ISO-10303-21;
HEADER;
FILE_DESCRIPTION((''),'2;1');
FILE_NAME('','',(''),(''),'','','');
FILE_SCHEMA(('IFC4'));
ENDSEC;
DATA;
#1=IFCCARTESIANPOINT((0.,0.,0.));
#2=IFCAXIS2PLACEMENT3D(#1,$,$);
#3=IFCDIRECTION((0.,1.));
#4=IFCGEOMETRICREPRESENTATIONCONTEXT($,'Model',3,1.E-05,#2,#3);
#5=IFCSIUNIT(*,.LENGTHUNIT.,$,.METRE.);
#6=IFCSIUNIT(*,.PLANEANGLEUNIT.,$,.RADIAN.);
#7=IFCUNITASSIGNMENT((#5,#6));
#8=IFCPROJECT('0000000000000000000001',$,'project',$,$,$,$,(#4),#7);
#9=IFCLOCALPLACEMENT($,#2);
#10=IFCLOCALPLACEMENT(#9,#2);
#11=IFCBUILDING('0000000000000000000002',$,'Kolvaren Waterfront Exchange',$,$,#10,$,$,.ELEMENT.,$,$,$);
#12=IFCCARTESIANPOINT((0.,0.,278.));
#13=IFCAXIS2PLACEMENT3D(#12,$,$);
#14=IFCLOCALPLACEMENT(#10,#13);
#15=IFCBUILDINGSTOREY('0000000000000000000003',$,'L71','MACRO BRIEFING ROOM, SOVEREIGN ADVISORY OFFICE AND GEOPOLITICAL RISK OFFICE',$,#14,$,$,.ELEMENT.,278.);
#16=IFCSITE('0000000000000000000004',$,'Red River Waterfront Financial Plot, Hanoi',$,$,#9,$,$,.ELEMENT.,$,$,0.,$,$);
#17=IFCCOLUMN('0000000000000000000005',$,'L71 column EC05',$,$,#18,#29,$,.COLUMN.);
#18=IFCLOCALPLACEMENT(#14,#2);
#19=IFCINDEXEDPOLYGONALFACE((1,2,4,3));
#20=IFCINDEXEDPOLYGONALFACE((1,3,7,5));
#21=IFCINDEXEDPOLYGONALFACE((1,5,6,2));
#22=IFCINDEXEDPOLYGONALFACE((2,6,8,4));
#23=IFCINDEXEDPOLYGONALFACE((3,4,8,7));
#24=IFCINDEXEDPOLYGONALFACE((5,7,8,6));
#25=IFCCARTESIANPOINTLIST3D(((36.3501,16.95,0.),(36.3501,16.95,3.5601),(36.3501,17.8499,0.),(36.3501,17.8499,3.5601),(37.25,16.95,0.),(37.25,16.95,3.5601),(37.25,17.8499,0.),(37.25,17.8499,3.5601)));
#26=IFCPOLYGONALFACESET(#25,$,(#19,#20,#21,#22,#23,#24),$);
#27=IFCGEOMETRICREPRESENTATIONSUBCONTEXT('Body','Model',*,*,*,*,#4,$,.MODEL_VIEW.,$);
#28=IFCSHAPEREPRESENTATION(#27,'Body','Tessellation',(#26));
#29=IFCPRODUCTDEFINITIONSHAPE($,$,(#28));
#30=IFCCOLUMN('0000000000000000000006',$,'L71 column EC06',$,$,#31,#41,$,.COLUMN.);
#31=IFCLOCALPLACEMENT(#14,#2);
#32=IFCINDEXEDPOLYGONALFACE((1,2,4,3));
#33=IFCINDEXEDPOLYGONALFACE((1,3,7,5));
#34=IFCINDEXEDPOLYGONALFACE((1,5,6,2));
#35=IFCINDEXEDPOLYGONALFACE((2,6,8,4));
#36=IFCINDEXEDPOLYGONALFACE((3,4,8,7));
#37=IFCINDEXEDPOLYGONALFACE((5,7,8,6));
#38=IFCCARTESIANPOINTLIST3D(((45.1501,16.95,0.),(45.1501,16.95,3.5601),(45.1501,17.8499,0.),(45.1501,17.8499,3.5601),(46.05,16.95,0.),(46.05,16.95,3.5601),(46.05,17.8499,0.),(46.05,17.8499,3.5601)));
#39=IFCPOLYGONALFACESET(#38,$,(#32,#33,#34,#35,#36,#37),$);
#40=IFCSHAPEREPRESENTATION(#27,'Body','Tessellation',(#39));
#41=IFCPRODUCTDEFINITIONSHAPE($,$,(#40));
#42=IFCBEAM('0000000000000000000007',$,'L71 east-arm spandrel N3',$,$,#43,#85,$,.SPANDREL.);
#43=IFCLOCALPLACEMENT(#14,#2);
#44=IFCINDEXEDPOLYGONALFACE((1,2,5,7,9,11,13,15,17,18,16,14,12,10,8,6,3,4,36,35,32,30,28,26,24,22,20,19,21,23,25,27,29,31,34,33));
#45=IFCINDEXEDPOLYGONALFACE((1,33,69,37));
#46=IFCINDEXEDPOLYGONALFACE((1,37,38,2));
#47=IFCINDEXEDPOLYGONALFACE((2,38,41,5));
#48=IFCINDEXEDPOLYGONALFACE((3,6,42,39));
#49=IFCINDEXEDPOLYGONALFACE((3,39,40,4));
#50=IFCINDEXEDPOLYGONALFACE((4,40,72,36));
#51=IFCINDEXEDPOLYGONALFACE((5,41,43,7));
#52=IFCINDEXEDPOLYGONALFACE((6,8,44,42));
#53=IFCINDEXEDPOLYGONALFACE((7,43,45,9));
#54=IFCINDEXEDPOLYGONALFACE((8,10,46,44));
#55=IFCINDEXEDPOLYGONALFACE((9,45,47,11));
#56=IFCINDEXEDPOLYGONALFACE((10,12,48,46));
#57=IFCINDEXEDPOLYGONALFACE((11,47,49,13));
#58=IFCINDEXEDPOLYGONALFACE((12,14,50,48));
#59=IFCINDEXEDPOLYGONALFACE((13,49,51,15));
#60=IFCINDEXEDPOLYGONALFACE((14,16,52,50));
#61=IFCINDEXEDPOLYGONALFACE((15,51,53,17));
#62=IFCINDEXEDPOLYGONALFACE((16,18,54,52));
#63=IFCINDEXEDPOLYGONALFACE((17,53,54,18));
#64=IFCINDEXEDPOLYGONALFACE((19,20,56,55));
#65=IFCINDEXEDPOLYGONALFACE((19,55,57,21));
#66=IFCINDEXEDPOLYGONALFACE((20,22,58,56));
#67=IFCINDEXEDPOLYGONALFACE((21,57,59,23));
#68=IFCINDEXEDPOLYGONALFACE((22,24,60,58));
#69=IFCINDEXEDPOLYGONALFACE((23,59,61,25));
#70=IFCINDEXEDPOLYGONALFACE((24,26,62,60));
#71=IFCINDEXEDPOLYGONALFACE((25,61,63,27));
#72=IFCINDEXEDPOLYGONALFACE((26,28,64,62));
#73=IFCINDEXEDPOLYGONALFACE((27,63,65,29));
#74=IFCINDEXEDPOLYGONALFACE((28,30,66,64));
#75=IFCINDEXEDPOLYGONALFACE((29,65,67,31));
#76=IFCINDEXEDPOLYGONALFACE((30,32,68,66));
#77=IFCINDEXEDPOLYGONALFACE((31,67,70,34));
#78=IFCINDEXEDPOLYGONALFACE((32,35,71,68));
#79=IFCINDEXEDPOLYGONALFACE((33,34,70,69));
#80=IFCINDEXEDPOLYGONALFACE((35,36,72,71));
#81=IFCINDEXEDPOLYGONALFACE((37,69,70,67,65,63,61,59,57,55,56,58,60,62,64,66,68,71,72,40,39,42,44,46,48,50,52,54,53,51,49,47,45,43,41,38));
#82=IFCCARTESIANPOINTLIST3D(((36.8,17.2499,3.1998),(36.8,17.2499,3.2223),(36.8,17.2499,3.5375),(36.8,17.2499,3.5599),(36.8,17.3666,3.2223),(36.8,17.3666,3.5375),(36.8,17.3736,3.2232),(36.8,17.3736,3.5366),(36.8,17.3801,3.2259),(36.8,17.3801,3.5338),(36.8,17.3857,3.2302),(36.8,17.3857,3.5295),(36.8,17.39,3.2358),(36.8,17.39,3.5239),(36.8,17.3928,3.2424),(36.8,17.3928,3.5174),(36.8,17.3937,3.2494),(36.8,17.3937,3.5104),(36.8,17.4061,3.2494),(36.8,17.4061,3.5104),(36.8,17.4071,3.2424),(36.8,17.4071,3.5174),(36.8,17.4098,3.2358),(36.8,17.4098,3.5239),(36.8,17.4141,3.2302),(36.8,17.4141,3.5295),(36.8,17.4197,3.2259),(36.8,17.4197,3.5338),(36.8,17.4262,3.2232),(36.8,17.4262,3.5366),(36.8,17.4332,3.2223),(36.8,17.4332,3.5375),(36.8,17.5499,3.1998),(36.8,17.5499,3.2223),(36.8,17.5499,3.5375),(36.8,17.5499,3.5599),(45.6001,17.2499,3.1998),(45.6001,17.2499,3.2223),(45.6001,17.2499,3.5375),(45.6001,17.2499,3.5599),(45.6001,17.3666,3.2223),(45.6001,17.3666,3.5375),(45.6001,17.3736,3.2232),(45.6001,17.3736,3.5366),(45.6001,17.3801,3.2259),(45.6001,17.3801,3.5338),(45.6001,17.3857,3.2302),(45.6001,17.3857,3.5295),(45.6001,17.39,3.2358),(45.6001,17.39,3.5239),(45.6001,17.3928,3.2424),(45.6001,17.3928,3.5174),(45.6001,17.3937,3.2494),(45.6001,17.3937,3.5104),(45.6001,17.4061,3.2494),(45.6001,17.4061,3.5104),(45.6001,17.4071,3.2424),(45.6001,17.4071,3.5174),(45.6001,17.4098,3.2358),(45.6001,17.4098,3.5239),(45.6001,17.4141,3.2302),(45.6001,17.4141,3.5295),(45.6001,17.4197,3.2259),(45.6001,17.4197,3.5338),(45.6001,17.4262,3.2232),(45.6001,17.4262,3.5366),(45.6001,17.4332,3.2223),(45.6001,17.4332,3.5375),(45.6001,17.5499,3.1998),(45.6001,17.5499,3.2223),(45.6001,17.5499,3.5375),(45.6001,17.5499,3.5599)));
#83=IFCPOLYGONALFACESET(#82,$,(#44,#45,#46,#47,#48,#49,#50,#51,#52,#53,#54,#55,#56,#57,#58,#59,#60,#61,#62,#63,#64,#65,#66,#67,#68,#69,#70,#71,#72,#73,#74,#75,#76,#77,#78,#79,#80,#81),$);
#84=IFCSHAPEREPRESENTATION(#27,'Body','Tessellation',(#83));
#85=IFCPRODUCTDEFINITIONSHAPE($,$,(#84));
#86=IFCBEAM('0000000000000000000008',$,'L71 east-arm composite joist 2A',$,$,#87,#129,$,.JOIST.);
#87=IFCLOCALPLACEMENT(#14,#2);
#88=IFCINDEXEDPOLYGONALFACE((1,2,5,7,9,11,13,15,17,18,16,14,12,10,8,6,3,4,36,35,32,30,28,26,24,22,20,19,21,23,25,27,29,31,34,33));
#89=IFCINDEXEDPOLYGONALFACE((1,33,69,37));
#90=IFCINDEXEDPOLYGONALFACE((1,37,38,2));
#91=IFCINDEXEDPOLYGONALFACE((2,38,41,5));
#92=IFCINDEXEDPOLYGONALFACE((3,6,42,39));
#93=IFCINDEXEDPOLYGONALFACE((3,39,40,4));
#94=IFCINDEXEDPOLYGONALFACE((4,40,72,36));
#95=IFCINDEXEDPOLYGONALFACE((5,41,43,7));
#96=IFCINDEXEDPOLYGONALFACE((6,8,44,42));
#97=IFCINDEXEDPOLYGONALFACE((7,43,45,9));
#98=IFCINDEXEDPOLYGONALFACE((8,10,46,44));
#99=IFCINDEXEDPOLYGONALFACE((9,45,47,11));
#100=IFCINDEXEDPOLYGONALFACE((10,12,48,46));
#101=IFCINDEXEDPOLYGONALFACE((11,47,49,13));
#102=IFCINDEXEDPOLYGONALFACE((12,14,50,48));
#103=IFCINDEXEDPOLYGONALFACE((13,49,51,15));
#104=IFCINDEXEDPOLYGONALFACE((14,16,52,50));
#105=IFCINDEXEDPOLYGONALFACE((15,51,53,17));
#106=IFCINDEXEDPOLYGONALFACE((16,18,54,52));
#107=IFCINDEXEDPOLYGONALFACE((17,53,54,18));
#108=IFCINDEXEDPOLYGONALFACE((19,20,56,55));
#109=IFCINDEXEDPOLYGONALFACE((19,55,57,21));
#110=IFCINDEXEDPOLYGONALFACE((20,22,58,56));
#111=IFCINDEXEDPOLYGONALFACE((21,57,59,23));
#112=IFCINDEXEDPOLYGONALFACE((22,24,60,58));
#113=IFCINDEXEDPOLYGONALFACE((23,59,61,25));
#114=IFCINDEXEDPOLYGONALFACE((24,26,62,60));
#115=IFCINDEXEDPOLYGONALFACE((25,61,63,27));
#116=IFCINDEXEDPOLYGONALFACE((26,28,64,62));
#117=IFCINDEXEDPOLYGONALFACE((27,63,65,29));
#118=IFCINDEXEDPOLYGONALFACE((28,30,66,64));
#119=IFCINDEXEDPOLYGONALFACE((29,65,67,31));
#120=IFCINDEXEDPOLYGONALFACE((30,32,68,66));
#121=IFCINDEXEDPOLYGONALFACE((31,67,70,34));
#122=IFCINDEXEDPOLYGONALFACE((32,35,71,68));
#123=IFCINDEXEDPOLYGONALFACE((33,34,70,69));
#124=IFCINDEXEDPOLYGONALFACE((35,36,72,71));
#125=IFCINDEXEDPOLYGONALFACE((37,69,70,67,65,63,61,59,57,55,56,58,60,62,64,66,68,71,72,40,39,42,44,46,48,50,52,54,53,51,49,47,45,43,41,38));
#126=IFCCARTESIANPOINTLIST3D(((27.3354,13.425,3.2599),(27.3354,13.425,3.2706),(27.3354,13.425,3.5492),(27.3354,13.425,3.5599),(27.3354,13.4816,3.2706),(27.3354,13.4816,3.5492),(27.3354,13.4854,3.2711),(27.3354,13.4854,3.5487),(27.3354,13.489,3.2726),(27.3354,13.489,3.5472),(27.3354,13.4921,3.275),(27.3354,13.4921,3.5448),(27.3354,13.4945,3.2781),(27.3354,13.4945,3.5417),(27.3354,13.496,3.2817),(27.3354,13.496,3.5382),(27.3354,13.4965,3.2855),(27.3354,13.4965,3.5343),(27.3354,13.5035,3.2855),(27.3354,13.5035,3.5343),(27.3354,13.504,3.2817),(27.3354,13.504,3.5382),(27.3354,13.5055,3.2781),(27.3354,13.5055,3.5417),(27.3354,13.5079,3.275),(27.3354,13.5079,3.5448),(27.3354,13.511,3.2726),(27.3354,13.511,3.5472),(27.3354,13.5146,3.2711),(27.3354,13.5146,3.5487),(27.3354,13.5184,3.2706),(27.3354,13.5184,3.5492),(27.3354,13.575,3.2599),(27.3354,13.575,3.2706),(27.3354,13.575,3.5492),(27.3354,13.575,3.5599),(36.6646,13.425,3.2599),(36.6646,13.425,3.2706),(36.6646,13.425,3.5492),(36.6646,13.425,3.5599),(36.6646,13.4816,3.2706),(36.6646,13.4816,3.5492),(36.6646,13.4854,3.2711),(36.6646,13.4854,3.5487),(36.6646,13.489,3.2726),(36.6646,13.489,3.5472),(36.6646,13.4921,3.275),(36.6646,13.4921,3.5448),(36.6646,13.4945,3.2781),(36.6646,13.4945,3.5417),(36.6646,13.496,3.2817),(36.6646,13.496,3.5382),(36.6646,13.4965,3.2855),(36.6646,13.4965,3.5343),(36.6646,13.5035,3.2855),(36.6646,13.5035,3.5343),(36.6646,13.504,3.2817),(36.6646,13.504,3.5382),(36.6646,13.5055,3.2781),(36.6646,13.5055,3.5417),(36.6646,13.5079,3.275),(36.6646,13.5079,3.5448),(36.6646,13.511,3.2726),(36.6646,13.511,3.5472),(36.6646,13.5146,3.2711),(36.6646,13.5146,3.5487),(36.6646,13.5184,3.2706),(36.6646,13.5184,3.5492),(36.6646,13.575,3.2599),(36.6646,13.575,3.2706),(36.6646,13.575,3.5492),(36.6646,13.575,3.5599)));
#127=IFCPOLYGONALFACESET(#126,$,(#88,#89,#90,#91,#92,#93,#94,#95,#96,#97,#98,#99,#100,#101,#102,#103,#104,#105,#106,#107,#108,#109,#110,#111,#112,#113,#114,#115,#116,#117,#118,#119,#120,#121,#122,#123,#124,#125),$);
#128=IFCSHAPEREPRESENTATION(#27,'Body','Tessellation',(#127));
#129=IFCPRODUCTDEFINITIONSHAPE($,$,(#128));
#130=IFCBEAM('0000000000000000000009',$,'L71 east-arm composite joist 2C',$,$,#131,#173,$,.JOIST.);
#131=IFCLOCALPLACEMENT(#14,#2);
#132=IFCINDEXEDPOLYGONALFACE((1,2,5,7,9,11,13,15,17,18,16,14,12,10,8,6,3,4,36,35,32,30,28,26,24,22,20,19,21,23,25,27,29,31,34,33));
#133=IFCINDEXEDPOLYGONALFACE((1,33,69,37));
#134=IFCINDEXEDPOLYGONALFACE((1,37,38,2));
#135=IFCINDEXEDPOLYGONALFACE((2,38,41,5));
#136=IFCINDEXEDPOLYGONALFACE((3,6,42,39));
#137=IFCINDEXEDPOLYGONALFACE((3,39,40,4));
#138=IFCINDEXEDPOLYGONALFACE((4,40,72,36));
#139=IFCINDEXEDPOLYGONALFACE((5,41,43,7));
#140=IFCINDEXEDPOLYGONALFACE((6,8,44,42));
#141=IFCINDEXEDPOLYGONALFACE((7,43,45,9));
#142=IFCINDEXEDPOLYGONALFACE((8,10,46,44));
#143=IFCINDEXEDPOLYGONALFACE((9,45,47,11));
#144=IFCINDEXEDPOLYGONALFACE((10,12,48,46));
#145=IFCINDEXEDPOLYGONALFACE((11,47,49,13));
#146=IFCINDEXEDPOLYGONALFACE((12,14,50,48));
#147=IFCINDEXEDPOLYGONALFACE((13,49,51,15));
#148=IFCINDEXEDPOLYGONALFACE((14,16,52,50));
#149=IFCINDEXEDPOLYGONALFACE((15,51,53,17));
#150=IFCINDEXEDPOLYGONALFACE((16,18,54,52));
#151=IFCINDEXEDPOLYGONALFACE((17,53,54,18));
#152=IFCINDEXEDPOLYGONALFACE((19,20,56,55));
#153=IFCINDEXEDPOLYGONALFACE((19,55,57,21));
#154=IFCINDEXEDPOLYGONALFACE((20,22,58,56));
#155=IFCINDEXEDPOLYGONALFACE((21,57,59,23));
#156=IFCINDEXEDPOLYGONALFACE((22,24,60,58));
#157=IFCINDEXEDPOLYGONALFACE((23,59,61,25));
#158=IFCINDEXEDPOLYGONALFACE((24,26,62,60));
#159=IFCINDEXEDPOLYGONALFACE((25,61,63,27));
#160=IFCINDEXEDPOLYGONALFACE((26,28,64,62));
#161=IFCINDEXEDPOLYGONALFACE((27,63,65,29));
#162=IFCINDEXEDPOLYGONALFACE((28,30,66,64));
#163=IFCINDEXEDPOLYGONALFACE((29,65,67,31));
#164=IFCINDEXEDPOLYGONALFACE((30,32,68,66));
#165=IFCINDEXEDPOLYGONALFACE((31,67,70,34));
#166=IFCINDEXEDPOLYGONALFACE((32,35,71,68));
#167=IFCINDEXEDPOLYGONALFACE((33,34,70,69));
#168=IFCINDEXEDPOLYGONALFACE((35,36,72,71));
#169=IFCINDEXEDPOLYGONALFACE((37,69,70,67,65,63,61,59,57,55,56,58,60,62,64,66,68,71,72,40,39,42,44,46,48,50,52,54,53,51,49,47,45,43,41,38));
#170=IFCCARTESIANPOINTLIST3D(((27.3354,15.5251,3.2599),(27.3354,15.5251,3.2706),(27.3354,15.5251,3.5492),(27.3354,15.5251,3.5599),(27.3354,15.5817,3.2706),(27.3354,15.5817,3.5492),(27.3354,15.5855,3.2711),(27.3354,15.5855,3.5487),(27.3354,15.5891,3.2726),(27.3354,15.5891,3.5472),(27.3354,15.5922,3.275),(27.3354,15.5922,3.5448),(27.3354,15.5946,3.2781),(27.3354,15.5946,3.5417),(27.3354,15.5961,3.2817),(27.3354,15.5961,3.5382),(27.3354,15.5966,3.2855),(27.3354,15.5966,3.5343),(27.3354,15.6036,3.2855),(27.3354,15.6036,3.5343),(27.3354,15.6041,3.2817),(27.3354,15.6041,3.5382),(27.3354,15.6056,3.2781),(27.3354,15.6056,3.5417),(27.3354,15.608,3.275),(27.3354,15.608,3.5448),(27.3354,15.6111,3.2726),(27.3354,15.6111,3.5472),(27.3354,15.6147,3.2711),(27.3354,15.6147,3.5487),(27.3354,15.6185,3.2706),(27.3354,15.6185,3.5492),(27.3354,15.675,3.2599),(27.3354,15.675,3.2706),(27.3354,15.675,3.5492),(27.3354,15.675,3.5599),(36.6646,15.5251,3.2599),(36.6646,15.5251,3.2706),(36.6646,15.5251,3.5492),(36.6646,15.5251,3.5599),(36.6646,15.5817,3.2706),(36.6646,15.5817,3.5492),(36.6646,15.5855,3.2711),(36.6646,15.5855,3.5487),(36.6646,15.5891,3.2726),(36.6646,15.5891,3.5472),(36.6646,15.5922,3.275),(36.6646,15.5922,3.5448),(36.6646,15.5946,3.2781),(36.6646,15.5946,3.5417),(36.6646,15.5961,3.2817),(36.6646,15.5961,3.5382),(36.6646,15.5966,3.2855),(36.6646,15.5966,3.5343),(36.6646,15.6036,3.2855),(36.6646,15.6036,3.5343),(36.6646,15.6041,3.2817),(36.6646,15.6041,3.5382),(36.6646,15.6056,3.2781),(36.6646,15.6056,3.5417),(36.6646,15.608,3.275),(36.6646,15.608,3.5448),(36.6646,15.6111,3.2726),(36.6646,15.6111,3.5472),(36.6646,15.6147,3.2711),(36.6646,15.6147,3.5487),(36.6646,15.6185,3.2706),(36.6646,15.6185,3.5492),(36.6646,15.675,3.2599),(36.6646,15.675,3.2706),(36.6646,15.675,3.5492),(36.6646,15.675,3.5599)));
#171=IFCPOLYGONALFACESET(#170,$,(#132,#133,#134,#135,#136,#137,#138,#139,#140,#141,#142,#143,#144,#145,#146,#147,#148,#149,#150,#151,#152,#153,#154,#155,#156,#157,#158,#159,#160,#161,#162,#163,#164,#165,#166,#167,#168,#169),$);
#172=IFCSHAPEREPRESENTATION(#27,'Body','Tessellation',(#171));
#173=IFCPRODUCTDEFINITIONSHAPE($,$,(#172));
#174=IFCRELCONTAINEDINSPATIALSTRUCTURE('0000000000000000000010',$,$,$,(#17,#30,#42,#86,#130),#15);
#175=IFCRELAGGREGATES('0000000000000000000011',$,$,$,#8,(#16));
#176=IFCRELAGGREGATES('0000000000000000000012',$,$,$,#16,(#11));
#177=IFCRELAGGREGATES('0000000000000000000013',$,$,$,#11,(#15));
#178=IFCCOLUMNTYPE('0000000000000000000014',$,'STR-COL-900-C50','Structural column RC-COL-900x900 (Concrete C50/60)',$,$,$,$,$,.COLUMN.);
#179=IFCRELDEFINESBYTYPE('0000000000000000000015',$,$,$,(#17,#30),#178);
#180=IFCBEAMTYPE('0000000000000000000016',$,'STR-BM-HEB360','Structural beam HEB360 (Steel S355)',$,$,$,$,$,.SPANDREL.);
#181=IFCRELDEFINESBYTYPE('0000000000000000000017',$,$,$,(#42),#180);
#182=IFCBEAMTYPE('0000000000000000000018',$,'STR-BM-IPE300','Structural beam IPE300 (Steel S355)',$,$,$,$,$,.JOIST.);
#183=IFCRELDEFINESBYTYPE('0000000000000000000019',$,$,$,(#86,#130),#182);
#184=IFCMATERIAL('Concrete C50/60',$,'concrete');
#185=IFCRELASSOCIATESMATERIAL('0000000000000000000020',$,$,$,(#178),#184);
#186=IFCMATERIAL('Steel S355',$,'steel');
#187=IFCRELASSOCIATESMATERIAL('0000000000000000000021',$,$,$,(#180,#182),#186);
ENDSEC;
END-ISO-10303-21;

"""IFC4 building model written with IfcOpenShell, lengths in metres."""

from ifc_helpers import new_model, si_unit, direction, frame, origin, origin_2d, place, context, subcontext, project, spatial, rectangle, i_section, extrude, material, material_profile, profile_set, type_object, element, save


model = new_model("IFC4")

# Units and contexts
model_context = context("Model", 3, precision=1e-05, world=origin(), true_north=direction((0.0, 1.0)))
body_context = subcontext(model_context, "Body", "Model", "MODEL_VIEW")
ifc_project = project(units=[si_unit("LENGTHUNIT", "METRE"), si_unit("PLANEANGLEUNIT", "RADIAN")], contexts=[model_context])

# Site, building, storey
site_placement = place(None, origin())
site = spatial("IfcSite", under=ifc_project, at=site_placement, Name="Red River Waterfront Financial Plot, Hanoi", CompositionType="ELEMENT", RefElevation=0.0)
building_placement = place(site_placement, origin())
building = spatial("IfcBuilding", under=site, at=building_placement, Name="Kolvaren Waterfront Exchange", CompositionType="ELEMENT")
storey_placement = place(building_placement, frame((0.0, 0.0, 278.0)))
storey = spatial("IfcBuildingStorey", under=building, at=storey_placement, Name="L71", Description="MACRO BRIEFING ROOM, SOVEREIGN ADVISORY OFFICE AND GEOPOLITICAL RISK OFFICE", CompositionType="ELEMENT", Elevation=278.0)

# Columns
ifc_material_1 = material(Name="Concrete C50/60", Category="concrete")
ifc_material_profile_1 = material_profile(ifc_material_1, rectangle(XDim=0.8999, YDim=0.8999, at=origin_2d()), Name="RC-COL-900x900")
ifc_profile_set_1 = profile_set([ifc_material_profile_1], Name="Concrete C50/60")
column_type = type_object("IfcColumnType", Name="STR-COL-900-C50", Description="Structural column RC-COL-900x900 (Concrete C50/60)", PredefinedType="COLUMN", material=ifc_profile_set_1)
for number, where, z_axis, x_axis, name in (
    (1, (36.8, 17.3999, 0.0), (0.0, 0.0, 1.0), (1.0, 0.0, 0.0), "L71 column EC05"),
    (2, (45.6001, 17.3999, 0.0), (0.0, 0.0, 1.0), (1.0, 0.0, 0.0), "L71 column EC06"),
):
    element("IfcColumn", number, at=place(storey_placement, frame(where, z_axis=z_axis, x_axis=x_axis)), inside=storey, type_object=column_type, Name=name, PredefinedType="COLUMN", context=body_context, shape_type="SweptSolid", body=[
        extrude(rectangle(XDim=0.8999, YDim=0.8999, at=origin_2d()), origin(), (0.0, 0.0, 1.0), 3.5601),
    ])

# Beams
ifc_material_2 = material(Name="Steel S355", Category="steel")
ifc_material_profile_2 = material_profile(ifc_material_2, i_section(OverallWidth=0.3, OverallDepth=0.3601, WebThickness=0.0125, FlangeThickness=0.0225, FilletRadius=0.0271, at=origin_2d()), Name="HEB360")
ifc_profile_set_2 = profile_set([ifc_material_profile_2], Name="Steel S355")
beam_type_1 = type_object("IfcBeamType", Name="STR-BM-HEB360", Description="Structural beam HEB360 (Steel S355)", PredefinedType="SPANDREL", material=ifc_profile_set_2)
beam_placement = place(storey_placement, frame((36.8, 17.3999, 3.3799), z_axis=(1.0, 0.0, 0.0), x_axis=(0.0, 1.0, 0.0)))
element("IfcBeam", 3, at=beam_placement, inside=storey, type_object=beam_type_1, Name="L71 east-arm spandrel N3", PredefinedType="SPANDREL", context=body_context, shape_type="SweptSolid", body=[
    extrude(i_section(OverallWidth=0.3, OverallDepth=0.3601, WebThickness=0.0125, FlangeThickness=0.0225, FilletRadius=0.0271, at=origin_2d()), origin(), (0.0, 0.0, 1.0), 8.8),
])
ifc_material_profile_3 = material_profile(ifc_material_2, i_section(OverallWidth=0.1499, OverallDepth=0.3, WebThickness=0.0071, FlangeThickness=0.0107, FilletRadius=0.0149, at=origin_2d()), Name="IPE300")
ifc_profile_set_3 = profile_set([ifc_material_profile_3], Name="Steel S355")
beam_type_2 = type_object("IfcBeamType", Name="STR-BM-IPE300", Description="Structural beam IPE300 (Steel S355)", PredefinedType="JOIST", material=ifc_profile_set_3)
for number, where, z_axis, x_axis, name in (
    (4, (27.3354, 13.5, 3.4099), (1.0, 0.0, 0.0), (0.0, 1.0, 0.0), "L71 east-arm composite joist 2A"),
    (5, (27.3354, 15.6001, 3.4099), (1.0, 0.0, 0.0), (0.0, 1.0, 0.0), "L71 east-arm composite joist 2C"),
):
    element("IfcBeam", number, at=place(storey_placement, frame(where, z_axis=z_axis, x_axis=x_axis)), inside=storey, type_object=beam_type_2, Name=name, PredefinedType="JOIST", context=body_context, shape_type="SweptSolid", body=[
        extrude(i_section(OverallWidth=0.1499, OverallDepth=0.3, WebThickness=0.0071, FlangeThickness=0.0107, FilletRadius=0.0149, at=origin_2d()), origin(), (0.0, 0.0, 1.0), 9.3291),
    ])

save(model, "model.ifc")
